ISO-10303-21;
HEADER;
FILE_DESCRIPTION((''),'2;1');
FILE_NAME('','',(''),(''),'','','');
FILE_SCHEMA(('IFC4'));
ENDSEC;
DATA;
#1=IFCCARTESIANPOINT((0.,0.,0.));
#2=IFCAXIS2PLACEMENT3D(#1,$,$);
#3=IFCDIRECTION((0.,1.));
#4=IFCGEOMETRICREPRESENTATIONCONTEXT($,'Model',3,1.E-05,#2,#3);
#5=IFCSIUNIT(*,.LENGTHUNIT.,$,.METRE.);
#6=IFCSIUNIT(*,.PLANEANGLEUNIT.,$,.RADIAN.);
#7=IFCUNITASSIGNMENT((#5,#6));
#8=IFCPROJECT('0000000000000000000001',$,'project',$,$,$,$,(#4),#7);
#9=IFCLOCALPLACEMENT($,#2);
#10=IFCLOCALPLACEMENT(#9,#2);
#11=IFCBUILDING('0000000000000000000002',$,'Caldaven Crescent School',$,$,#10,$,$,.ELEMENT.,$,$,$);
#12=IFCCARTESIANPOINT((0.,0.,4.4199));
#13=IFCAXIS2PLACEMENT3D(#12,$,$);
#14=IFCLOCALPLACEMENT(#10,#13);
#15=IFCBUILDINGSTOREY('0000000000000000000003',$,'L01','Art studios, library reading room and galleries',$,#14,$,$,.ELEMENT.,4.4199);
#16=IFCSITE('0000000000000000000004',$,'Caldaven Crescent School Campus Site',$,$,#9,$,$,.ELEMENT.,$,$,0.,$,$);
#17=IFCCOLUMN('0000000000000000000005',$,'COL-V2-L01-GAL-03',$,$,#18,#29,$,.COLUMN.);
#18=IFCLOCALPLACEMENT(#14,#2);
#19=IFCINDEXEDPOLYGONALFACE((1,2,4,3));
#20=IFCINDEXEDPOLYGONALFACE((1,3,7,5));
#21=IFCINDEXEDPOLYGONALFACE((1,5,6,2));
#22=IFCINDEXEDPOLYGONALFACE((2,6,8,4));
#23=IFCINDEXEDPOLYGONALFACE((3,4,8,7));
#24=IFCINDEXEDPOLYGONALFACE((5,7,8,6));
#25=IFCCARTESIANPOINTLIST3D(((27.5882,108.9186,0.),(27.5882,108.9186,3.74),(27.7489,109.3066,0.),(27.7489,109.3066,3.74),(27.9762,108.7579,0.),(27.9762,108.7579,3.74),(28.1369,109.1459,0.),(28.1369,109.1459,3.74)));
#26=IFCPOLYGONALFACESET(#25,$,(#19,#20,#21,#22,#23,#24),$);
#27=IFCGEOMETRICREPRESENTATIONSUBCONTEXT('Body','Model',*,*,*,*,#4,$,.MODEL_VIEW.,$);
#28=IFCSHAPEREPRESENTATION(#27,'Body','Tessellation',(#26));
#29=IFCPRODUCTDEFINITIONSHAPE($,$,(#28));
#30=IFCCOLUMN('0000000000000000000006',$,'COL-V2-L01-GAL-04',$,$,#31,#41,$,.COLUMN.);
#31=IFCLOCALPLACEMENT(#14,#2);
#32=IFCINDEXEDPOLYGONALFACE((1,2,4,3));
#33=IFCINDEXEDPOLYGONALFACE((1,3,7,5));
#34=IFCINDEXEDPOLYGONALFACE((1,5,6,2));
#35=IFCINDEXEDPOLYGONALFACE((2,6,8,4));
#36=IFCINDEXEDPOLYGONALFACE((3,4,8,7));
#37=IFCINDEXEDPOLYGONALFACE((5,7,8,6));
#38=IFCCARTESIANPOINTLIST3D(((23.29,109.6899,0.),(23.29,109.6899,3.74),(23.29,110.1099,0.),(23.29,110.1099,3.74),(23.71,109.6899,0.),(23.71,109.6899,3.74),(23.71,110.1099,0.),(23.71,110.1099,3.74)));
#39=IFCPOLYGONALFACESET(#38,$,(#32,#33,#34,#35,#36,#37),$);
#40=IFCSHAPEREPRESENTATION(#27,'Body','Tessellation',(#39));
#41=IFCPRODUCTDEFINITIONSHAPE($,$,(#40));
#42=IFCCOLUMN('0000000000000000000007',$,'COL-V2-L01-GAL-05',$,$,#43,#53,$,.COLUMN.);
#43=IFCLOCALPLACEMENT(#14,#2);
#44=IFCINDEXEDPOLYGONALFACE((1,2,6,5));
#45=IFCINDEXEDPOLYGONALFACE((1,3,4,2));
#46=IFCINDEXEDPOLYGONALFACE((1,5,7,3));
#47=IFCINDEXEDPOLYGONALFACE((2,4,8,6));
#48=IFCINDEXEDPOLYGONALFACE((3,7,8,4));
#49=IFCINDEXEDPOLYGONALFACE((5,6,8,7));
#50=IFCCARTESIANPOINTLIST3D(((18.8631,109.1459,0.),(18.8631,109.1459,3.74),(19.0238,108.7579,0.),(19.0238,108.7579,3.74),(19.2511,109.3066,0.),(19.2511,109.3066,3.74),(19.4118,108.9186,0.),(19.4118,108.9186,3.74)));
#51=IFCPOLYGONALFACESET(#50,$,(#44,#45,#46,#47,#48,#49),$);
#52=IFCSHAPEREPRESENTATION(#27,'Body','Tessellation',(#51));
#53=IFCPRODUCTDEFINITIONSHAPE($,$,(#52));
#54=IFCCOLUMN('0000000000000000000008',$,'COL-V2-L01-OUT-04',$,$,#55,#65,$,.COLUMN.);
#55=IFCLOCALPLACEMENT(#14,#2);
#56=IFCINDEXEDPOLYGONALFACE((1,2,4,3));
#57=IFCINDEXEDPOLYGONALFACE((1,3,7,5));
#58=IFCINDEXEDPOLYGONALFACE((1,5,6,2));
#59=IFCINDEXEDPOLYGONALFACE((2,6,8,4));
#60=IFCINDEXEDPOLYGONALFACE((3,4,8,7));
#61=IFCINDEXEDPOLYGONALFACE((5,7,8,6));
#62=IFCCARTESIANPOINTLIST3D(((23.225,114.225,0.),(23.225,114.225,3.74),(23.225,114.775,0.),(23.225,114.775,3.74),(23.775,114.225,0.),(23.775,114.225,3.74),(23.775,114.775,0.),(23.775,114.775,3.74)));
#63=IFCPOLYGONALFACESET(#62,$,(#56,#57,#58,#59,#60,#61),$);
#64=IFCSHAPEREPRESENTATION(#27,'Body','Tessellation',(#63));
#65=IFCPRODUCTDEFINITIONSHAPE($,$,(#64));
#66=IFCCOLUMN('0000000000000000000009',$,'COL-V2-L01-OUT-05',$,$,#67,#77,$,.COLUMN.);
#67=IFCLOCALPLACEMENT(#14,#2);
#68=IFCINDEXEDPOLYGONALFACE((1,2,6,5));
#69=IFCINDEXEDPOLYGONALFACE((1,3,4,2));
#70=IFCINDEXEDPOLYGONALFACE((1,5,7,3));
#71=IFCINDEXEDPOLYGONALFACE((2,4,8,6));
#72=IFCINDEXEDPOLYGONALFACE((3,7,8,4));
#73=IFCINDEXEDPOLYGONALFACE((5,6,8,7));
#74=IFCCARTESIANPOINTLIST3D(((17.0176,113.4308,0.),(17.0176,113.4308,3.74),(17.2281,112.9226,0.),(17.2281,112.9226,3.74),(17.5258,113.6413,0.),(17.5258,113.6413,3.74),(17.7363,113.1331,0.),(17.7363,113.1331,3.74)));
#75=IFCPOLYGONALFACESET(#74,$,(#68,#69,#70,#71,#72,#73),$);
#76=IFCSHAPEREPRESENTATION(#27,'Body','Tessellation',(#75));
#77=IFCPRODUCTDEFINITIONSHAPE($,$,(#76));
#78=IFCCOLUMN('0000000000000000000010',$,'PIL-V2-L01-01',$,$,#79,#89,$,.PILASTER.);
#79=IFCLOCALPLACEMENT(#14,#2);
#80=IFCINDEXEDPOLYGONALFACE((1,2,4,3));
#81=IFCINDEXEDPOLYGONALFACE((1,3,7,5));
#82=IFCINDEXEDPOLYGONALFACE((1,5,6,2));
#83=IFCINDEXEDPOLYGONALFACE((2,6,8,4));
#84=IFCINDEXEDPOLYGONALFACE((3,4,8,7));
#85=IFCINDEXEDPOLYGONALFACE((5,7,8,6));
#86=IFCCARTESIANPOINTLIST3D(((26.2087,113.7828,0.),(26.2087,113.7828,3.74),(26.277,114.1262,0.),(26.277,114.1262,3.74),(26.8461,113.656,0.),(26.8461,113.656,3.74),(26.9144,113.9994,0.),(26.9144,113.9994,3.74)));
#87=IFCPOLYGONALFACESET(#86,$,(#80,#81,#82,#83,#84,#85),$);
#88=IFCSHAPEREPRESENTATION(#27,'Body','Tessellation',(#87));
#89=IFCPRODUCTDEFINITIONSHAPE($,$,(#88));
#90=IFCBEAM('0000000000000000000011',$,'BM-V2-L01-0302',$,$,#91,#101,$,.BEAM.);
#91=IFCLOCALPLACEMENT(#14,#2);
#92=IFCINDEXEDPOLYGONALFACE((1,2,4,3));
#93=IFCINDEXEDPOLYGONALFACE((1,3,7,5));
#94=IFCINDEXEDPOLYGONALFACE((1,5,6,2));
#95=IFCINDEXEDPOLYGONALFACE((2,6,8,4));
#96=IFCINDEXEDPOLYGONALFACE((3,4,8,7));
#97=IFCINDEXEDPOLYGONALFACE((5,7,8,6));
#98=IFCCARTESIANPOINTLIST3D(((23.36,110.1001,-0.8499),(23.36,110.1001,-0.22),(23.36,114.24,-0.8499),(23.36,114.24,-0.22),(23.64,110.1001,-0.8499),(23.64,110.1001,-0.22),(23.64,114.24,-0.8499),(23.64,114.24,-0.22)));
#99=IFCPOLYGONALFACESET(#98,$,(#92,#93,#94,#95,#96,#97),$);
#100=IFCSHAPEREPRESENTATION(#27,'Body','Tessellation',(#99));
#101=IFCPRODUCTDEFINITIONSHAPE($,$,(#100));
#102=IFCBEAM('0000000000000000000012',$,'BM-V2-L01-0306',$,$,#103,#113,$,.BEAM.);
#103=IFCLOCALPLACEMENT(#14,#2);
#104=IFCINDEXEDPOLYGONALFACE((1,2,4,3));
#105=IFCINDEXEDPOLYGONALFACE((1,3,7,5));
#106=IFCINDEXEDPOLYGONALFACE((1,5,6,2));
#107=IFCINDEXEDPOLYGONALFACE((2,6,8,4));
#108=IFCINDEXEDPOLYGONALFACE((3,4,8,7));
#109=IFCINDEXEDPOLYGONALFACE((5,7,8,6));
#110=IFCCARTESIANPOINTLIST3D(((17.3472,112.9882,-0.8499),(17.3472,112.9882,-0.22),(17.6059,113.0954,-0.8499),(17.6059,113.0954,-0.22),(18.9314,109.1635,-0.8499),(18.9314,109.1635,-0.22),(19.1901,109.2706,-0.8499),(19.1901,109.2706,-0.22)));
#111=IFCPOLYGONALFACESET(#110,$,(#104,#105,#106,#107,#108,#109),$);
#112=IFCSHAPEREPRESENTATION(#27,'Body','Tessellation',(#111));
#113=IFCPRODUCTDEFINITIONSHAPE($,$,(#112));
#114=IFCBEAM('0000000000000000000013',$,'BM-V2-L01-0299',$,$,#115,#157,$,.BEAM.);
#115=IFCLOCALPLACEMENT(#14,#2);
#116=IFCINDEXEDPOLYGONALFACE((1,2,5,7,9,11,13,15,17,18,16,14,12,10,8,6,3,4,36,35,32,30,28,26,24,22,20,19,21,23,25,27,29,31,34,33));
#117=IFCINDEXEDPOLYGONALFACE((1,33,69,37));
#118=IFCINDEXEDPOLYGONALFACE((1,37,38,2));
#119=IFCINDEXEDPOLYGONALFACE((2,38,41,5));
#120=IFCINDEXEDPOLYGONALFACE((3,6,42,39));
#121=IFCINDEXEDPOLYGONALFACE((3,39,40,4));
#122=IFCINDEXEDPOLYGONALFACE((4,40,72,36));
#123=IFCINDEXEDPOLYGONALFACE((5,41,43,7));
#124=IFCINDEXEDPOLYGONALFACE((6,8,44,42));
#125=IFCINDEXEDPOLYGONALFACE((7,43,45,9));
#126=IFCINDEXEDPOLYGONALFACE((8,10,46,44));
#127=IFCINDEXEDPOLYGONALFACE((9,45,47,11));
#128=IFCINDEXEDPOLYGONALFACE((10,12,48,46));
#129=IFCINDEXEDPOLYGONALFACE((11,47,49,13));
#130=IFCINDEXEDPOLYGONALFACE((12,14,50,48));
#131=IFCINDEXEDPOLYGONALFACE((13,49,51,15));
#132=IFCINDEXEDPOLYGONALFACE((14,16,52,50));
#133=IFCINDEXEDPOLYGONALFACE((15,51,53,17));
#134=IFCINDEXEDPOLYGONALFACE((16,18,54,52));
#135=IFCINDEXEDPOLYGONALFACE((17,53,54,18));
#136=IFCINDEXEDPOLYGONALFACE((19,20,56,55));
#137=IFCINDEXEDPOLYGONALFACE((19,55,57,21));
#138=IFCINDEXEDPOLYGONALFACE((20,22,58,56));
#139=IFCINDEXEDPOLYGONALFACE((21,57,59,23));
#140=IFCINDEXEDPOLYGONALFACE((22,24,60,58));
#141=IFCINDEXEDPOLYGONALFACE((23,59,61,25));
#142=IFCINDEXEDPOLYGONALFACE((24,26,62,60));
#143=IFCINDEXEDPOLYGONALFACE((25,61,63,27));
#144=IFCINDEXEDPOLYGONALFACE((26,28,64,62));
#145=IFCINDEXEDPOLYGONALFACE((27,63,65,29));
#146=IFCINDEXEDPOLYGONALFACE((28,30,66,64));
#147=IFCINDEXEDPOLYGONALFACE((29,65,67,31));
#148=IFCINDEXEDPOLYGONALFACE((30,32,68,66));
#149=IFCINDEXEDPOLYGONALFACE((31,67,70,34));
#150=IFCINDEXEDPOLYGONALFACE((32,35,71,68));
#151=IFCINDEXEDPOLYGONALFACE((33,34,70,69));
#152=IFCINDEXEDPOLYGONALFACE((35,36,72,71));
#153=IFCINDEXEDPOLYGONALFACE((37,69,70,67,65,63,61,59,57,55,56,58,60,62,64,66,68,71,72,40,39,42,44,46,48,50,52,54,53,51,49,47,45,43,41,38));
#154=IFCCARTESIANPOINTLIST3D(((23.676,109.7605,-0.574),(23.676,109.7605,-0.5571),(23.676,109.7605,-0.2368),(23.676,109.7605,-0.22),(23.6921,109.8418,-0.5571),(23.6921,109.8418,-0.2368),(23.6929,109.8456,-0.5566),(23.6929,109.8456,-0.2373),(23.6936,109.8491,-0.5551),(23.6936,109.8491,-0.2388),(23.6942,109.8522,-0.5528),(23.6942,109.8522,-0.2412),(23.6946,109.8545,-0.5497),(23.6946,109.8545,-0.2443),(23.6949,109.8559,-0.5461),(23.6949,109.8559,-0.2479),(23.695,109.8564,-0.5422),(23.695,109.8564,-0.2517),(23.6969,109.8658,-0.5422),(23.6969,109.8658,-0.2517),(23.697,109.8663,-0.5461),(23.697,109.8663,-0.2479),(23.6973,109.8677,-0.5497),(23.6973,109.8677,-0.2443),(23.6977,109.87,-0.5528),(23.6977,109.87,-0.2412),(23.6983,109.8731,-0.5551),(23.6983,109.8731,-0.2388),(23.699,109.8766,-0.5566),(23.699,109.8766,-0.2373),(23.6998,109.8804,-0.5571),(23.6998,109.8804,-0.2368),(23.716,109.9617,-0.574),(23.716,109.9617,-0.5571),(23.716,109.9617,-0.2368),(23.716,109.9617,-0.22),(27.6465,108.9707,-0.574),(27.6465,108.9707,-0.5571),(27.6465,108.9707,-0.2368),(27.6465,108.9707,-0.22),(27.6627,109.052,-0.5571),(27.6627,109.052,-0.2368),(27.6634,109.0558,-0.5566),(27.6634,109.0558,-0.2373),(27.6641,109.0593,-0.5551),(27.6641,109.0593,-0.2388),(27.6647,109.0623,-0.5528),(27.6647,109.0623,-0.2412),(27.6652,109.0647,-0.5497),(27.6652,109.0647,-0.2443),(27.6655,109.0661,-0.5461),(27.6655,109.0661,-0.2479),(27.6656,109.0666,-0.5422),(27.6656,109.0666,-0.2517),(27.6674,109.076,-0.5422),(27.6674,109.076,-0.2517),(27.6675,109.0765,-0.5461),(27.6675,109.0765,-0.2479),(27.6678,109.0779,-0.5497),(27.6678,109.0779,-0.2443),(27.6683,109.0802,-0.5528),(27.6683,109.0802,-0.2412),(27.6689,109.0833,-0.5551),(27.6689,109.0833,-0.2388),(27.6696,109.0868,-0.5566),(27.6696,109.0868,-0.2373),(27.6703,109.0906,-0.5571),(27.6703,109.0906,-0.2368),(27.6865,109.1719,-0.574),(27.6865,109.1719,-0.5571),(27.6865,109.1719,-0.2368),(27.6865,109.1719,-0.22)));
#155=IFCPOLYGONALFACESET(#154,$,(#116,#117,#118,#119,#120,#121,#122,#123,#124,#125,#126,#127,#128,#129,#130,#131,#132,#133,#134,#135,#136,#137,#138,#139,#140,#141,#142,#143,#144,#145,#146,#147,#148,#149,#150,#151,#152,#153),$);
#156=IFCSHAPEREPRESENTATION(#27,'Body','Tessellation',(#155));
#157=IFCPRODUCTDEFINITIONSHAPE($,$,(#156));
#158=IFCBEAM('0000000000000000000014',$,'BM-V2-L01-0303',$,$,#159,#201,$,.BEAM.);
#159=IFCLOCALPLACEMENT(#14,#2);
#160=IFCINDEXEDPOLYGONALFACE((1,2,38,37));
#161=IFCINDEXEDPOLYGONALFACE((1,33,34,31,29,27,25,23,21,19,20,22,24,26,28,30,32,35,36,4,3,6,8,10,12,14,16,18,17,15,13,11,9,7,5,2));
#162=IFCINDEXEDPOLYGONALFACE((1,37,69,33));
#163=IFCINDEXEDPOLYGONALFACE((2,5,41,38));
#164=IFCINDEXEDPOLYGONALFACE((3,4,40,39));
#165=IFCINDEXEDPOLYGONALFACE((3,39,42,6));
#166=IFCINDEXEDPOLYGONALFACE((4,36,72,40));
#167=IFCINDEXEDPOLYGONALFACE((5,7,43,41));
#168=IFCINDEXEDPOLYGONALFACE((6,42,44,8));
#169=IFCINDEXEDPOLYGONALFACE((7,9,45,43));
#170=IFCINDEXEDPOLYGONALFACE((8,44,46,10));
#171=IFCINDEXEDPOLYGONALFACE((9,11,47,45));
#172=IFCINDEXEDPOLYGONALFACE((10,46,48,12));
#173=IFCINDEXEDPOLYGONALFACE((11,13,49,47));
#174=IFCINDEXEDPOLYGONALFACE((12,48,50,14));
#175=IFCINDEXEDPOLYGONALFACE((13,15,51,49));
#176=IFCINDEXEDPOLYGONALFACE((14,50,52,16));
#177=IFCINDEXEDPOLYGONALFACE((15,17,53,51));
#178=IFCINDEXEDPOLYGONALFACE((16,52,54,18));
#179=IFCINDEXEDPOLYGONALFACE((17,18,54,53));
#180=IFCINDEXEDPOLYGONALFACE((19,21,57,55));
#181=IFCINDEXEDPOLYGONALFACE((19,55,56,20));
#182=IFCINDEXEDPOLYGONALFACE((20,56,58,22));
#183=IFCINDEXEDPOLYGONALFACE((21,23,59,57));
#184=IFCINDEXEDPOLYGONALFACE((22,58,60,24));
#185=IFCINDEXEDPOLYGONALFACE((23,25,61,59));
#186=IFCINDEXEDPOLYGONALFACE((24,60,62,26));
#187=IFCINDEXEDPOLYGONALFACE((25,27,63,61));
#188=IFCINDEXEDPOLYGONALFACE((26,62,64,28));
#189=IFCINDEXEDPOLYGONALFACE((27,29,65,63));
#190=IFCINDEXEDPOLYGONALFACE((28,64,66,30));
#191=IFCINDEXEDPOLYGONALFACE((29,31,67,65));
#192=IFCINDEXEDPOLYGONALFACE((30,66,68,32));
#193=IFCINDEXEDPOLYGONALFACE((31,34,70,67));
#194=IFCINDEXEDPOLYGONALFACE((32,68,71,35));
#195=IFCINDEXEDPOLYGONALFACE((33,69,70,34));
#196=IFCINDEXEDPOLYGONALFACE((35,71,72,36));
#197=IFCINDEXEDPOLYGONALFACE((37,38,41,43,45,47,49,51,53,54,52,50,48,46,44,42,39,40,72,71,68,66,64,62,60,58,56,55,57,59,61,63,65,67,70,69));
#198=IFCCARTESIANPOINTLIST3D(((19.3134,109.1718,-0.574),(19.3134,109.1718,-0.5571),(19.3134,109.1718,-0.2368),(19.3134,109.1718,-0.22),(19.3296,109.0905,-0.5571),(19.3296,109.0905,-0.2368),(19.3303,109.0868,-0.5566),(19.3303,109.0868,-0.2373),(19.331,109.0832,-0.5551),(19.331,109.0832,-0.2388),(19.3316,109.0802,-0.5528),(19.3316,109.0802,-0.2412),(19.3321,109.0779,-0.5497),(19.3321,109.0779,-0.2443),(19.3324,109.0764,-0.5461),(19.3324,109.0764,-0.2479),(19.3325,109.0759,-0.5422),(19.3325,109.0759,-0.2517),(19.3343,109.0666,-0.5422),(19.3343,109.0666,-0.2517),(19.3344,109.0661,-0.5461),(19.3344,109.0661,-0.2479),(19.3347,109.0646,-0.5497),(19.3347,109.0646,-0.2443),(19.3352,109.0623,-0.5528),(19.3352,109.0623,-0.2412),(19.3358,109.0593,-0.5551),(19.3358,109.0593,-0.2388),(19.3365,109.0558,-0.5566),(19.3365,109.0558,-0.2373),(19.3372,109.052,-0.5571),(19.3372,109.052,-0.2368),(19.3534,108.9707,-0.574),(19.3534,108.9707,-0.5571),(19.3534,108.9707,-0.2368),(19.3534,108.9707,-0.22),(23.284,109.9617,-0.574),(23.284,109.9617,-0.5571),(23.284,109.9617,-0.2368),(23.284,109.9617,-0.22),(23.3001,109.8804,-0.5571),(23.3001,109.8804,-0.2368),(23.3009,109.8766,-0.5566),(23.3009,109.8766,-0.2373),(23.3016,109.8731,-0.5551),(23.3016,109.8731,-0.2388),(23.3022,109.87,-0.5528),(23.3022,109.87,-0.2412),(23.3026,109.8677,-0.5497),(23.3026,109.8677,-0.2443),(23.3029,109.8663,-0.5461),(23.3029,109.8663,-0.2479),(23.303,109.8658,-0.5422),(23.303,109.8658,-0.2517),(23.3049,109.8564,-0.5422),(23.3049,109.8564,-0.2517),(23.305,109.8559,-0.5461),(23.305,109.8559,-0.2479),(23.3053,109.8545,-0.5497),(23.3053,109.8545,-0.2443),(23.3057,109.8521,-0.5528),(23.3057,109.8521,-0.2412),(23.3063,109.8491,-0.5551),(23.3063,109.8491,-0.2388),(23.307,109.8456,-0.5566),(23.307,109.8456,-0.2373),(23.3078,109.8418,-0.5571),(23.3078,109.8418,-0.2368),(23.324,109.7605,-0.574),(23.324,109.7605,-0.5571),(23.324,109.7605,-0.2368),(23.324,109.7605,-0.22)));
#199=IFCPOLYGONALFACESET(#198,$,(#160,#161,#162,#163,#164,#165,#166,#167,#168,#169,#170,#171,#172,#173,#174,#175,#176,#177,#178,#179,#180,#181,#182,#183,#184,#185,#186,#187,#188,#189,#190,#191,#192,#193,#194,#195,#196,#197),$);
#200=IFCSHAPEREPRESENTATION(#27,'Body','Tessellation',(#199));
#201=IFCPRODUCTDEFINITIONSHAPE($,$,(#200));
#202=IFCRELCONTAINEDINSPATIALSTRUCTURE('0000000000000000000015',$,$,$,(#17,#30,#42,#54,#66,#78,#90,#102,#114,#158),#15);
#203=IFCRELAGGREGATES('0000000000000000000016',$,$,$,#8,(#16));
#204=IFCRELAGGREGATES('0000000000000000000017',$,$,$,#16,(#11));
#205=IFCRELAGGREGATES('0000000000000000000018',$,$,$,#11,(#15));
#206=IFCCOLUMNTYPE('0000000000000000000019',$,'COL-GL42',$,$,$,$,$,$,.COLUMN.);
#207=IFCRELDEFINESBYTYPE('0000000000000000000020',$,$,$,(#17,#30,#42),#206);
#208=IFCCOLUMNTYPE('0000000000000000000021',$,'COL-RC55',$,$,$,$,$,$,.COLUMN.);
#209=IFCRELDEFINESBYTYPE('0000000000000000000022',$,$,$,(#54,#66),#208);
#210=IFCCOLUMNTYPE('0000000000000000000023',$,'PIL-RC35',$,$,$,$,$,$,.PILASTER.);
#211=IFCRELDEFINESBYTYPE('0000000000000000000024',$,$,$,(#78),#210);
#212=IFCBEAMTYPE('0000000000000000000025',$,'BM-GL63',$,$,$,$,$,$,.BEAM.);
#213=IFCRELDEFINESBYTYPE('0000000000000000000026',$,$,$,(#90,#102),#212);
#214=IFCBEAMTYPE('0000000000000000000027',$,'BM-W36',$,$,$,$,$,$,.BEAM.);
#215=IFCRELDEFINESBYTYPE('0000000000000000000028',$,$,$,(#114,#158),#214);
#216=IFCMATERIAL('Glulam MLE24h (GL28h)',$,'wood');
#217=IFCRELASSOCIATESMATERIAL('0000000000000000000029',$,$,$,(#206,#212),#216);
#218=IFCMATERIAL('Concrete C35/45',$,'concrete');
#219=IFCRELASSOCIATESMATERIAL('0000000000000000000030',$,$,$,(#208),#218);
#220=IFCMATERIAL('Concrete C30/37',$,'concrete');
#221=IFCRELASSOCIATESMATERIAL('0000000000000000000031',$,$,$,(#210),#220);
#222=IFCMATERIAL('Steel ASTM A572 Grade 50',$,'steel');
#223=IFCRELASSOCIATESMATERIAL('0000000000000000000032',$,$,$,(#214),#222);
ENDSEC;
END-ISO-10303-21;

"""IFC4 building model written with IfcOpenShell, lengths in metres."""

from ifc_helpers import new_model, si_unit, direction, frame, origin, origin_2d, place, context, subcontext, project, spatial, rectangle, i_section, extrude, material, material_profile, profile_set, type_object, element, save


model = new_model("IFC4")

# Units and contexts
model_context = context("Model", 3, precision=1e-05, world=origin(), true_north=direction((0.0, 1.0)))
body_context = subcontext(model_context, "Body", "Model", "MODEL_VIEW")
ifc_project = project(units=[si_unit("LENGTHUNIT", "METRE"), si_unit("PLANEANGLEUNIT", "RADIAN")], contexts=[model_context])

# Site, building, storey
site_placement = place(None, origin())
site = spatial("IfcSite", under=ifc_project, at=site_placement, Name="Caldaven Crescent School Campus Site", CompositionType="ELEMENT", RefElevation=0.0)
building_placement = place(site_placement, origin())
building = spatial("IfcBuilding", under=site, at=building_placement, Name="Caldaven Crescent School", CompositionType="ELEMENT")
storey_placement = place(building_placement, frame((0.0, 0.0, 4.4199)))
storey = spatial("IfcBuildingStorey", under=building, at=storey_placement, Name="L01", Description="Art studios, library reading room and galleries", CompositionType="ELEMENT", Elevation=4.4199)

# Columns
ifc_material_1 = material(Name="Glulam MLE24h (GL28h)", Category="wood")
ifc_material_profile_1 = material_profile(ifc_material_1, rectangle(XDim=0.4199, YDim=0.4199, at=origin_2d()), Name="MLE 420x420")
ifc_profile_set_1 = profile_set([ifc_material_profile_1], Name="Glulam MLE24h (GL28h)")
column_type_1 = type_object("IfcColumnType", Name="COL-GL42", PredefinedType="COLUMN", material=ifc_profile_set_1)
for number, where, z_axis, x_axis, name in (
    (1, (27.8625, 109.0322, 0.0), (0.0, 0.0, 1.0), (0.382683, 0.92388, 0.0), "COL-V2-L01-GAL-03"),
    (2, (23.5, 109.8999, 0.0), (0.0, 0.0, 1.0), (0.0, 1.0, 0.0), "COL-V2-L01-GAL-04"),
    (3, (19.1375, 109.0322, 0.0), (0.0, 0.0, 1.0), (-0.382683, 0.92388, 0.0), "COL-V2-L01-GAL-05"),
):
    element("IfcColumn", number, at=place(storey_placement, frame(where, z_axis=z_axis, x_axis=x_axis)), inside=storey, type_object=column_type_1, Name=name, PredefinedType="COLUMN", context=body_context, shape_type="SweptSolid", body=[
        extrude(rectangle(XDim=0.4199, YDim=0.4199, at=origin_2d()), origin(), (0.0, 0.0, 1.0), 3.74),
    ])
ifc_material_2 = material(Name="Concrete C35/45", Category="concrete")
ifc_material_profile_2 = material_profile(ifc_material_2, rectangle(XDim=0.55, YDim=0.55, at=origin_2d()), Name="RC 550x550")
ifc_profile_set_2 = profile_set([ifc_material_profile_2], Name="Concrete C35/45")
column_type_2 = type_object("IfcColumnType", Name="COL-RC55", PredefinedType="COLUMN", material=ifc_profile_set_2)
for number, where, z_axis, x_axis, name in (
    (4, (23.5, 114.5, 0.0), (0.0, 0.0, 1.0), (0.0, 1.0, 0.0), "COL-V2-L01-OUT-04"),
    (5, (17.377, 113.282, 0.0), (0.0, 0.0, 1.0), (-0.382683, 0.92388, 0.0), "COL-V2-L01-OUT-05"),
):
    element("IfcColumn", number, at=place(storey_placement, frame(where, z_axis=z_axis, x_axis=x_axis)), inside=storey, type_object=column_type_2, Name=name, PredefinedType="COLUMN", context=body_context, shape_type="SweptSolid", body=[
        extrude(rectangle(XDim=0.55, YDim=0.55, at=origin_2d()), origin(), (0.0, 0.0, 1.0), 3.74),
    ])
ifc_material_3 = material(Name="Concrete C30/37", Category="concrete")
ifc_material_profile_3 = material_profile(ifc_material_3, rectangle(XDim=0.3501, YDim=0.6499, at=origin_2d()), Name="RC 350x650")
ifc_profile_set_3 = profile_set([ifc_material_profile_3], Name="Concrete C30/37")
column_type_3 = type_object("IfcColumnType", Name="PIL-RC35", PredefinedType="PILASTER", material=ifc_profile_set_3)
column_placement = place(storey_placement, frame((26.5615, 113.8911, 0.0), z_axis=(0.0, 0.0, 1.0), x_axis=(0.19509, 0.980785, 0.0)))
element("IfcColumn", 6, at=column_placement, inside=storey, type_object=column_type_3, Name="PIL-V2-L01-01", PredefinedType="PILASTER", context=body_context, shape_type="SweptSolid", body=[
    extrude(rectangle(XDim=0.3501, YDim=0.6499, at=origin_2d()), origin(), (0.0, 0.0, 1.0), 3.74),
])

# Beams
ifc_material_profile_4 = material_profile(ifc_material_1, rectangle(XDim=0.28, YDim=0.6299, at=origin_2d()), Name="MLE 280x630")
ifc_profile_set_4 = profile_set([ifc_material_profile_4], Name="Glulam MLE24h (GL28h)")
beam_type_1 = type_object("IfcBeamType", Name="BM-GL63", PredefinedType="BEAM", material=ifc_profile_set_4)
for number, where, z_axis, x_axis, name in (
    (7, (23.5, 110.1001, -0.5349), (0.0, 1.0, 0.0), (-1.0, 0.0, 0.0), "BM-V2-L01-0302"),
    (8, (19.0608, 109.217, -0.5349), (-0.38268, 0.923881, 0.0), (-0.923881, -0.38268, 0.0), "BM-V2-L01-0306"),
):
    element("IfcBeam", number, at=place(storey_placement, frame(where, z_axis=z_axis, x_axis=x_axis)), inside=storey, type_object=beam_type_1, Name=name, PredefinedType="BEAM", context=body_context, shape_type="SweptSolid", body=[
        extrude(rectangle(XDim=0.28, YDim=0.6299, at=origin_2d()), origin(), (0.0, 0.0, 1.0), 4.1399),
    ])
ifc_material_4 = material(Name="Steel ASTM A572 Grade 50", Category="steel")
ifc_material_profile_5 = material_profile(ifc_material_4, i_section(OverallWidth=0.2051, OverallDepth=0.354, WebThickness=0.0095, FlangeThickness=0.0168, FilletRadius=0.0149, at=origin_2d()), Name="W360x79")
ifc_profile_set_5 = profile_set([ifc_material_profile_5], Name="Steel ASTM A572 Grade 50")
beam_type_2 = type_object("IfcBeamType", Name="BM-W36", PredefinedType="BEAM", material=ifc_profile_set_5)
for number, where, z_axis, x_axis, name in (
    (9, (27.6665, 109.0713, -0.397), (-0.980784, 0.195095, 0.0), (-0.195095, -0.980784, 0.0), "BM-V2-L01-0299"),
    (10, (23.304, 109.8611, -0.397), (-0.980784, -0.195095, 0.0), (0.195095, -0.980784, 0.0), "BM-V2-L01-0303"),
):
    element("IfcBeam", number, at=place(storey_placement, frame(where, z_axis=z_axis, x_axis=x_axis)), inside=storey, type_object=beam_type_2, Name=name, PredefinedType="BEAM", context=body_context, shape_type="SweptSolid", body=[
        extrude(i_section(OverallWidth=0.2051, OverallDepth=0.354, WebThickness=0.0095, FlangeThickness=0.0168, FilletRadius=0.0149, at=origin_2d()), origin(), (0.0, 0.0, 1.0), 4.0483),
    ])

save(model, "model.ifc")
